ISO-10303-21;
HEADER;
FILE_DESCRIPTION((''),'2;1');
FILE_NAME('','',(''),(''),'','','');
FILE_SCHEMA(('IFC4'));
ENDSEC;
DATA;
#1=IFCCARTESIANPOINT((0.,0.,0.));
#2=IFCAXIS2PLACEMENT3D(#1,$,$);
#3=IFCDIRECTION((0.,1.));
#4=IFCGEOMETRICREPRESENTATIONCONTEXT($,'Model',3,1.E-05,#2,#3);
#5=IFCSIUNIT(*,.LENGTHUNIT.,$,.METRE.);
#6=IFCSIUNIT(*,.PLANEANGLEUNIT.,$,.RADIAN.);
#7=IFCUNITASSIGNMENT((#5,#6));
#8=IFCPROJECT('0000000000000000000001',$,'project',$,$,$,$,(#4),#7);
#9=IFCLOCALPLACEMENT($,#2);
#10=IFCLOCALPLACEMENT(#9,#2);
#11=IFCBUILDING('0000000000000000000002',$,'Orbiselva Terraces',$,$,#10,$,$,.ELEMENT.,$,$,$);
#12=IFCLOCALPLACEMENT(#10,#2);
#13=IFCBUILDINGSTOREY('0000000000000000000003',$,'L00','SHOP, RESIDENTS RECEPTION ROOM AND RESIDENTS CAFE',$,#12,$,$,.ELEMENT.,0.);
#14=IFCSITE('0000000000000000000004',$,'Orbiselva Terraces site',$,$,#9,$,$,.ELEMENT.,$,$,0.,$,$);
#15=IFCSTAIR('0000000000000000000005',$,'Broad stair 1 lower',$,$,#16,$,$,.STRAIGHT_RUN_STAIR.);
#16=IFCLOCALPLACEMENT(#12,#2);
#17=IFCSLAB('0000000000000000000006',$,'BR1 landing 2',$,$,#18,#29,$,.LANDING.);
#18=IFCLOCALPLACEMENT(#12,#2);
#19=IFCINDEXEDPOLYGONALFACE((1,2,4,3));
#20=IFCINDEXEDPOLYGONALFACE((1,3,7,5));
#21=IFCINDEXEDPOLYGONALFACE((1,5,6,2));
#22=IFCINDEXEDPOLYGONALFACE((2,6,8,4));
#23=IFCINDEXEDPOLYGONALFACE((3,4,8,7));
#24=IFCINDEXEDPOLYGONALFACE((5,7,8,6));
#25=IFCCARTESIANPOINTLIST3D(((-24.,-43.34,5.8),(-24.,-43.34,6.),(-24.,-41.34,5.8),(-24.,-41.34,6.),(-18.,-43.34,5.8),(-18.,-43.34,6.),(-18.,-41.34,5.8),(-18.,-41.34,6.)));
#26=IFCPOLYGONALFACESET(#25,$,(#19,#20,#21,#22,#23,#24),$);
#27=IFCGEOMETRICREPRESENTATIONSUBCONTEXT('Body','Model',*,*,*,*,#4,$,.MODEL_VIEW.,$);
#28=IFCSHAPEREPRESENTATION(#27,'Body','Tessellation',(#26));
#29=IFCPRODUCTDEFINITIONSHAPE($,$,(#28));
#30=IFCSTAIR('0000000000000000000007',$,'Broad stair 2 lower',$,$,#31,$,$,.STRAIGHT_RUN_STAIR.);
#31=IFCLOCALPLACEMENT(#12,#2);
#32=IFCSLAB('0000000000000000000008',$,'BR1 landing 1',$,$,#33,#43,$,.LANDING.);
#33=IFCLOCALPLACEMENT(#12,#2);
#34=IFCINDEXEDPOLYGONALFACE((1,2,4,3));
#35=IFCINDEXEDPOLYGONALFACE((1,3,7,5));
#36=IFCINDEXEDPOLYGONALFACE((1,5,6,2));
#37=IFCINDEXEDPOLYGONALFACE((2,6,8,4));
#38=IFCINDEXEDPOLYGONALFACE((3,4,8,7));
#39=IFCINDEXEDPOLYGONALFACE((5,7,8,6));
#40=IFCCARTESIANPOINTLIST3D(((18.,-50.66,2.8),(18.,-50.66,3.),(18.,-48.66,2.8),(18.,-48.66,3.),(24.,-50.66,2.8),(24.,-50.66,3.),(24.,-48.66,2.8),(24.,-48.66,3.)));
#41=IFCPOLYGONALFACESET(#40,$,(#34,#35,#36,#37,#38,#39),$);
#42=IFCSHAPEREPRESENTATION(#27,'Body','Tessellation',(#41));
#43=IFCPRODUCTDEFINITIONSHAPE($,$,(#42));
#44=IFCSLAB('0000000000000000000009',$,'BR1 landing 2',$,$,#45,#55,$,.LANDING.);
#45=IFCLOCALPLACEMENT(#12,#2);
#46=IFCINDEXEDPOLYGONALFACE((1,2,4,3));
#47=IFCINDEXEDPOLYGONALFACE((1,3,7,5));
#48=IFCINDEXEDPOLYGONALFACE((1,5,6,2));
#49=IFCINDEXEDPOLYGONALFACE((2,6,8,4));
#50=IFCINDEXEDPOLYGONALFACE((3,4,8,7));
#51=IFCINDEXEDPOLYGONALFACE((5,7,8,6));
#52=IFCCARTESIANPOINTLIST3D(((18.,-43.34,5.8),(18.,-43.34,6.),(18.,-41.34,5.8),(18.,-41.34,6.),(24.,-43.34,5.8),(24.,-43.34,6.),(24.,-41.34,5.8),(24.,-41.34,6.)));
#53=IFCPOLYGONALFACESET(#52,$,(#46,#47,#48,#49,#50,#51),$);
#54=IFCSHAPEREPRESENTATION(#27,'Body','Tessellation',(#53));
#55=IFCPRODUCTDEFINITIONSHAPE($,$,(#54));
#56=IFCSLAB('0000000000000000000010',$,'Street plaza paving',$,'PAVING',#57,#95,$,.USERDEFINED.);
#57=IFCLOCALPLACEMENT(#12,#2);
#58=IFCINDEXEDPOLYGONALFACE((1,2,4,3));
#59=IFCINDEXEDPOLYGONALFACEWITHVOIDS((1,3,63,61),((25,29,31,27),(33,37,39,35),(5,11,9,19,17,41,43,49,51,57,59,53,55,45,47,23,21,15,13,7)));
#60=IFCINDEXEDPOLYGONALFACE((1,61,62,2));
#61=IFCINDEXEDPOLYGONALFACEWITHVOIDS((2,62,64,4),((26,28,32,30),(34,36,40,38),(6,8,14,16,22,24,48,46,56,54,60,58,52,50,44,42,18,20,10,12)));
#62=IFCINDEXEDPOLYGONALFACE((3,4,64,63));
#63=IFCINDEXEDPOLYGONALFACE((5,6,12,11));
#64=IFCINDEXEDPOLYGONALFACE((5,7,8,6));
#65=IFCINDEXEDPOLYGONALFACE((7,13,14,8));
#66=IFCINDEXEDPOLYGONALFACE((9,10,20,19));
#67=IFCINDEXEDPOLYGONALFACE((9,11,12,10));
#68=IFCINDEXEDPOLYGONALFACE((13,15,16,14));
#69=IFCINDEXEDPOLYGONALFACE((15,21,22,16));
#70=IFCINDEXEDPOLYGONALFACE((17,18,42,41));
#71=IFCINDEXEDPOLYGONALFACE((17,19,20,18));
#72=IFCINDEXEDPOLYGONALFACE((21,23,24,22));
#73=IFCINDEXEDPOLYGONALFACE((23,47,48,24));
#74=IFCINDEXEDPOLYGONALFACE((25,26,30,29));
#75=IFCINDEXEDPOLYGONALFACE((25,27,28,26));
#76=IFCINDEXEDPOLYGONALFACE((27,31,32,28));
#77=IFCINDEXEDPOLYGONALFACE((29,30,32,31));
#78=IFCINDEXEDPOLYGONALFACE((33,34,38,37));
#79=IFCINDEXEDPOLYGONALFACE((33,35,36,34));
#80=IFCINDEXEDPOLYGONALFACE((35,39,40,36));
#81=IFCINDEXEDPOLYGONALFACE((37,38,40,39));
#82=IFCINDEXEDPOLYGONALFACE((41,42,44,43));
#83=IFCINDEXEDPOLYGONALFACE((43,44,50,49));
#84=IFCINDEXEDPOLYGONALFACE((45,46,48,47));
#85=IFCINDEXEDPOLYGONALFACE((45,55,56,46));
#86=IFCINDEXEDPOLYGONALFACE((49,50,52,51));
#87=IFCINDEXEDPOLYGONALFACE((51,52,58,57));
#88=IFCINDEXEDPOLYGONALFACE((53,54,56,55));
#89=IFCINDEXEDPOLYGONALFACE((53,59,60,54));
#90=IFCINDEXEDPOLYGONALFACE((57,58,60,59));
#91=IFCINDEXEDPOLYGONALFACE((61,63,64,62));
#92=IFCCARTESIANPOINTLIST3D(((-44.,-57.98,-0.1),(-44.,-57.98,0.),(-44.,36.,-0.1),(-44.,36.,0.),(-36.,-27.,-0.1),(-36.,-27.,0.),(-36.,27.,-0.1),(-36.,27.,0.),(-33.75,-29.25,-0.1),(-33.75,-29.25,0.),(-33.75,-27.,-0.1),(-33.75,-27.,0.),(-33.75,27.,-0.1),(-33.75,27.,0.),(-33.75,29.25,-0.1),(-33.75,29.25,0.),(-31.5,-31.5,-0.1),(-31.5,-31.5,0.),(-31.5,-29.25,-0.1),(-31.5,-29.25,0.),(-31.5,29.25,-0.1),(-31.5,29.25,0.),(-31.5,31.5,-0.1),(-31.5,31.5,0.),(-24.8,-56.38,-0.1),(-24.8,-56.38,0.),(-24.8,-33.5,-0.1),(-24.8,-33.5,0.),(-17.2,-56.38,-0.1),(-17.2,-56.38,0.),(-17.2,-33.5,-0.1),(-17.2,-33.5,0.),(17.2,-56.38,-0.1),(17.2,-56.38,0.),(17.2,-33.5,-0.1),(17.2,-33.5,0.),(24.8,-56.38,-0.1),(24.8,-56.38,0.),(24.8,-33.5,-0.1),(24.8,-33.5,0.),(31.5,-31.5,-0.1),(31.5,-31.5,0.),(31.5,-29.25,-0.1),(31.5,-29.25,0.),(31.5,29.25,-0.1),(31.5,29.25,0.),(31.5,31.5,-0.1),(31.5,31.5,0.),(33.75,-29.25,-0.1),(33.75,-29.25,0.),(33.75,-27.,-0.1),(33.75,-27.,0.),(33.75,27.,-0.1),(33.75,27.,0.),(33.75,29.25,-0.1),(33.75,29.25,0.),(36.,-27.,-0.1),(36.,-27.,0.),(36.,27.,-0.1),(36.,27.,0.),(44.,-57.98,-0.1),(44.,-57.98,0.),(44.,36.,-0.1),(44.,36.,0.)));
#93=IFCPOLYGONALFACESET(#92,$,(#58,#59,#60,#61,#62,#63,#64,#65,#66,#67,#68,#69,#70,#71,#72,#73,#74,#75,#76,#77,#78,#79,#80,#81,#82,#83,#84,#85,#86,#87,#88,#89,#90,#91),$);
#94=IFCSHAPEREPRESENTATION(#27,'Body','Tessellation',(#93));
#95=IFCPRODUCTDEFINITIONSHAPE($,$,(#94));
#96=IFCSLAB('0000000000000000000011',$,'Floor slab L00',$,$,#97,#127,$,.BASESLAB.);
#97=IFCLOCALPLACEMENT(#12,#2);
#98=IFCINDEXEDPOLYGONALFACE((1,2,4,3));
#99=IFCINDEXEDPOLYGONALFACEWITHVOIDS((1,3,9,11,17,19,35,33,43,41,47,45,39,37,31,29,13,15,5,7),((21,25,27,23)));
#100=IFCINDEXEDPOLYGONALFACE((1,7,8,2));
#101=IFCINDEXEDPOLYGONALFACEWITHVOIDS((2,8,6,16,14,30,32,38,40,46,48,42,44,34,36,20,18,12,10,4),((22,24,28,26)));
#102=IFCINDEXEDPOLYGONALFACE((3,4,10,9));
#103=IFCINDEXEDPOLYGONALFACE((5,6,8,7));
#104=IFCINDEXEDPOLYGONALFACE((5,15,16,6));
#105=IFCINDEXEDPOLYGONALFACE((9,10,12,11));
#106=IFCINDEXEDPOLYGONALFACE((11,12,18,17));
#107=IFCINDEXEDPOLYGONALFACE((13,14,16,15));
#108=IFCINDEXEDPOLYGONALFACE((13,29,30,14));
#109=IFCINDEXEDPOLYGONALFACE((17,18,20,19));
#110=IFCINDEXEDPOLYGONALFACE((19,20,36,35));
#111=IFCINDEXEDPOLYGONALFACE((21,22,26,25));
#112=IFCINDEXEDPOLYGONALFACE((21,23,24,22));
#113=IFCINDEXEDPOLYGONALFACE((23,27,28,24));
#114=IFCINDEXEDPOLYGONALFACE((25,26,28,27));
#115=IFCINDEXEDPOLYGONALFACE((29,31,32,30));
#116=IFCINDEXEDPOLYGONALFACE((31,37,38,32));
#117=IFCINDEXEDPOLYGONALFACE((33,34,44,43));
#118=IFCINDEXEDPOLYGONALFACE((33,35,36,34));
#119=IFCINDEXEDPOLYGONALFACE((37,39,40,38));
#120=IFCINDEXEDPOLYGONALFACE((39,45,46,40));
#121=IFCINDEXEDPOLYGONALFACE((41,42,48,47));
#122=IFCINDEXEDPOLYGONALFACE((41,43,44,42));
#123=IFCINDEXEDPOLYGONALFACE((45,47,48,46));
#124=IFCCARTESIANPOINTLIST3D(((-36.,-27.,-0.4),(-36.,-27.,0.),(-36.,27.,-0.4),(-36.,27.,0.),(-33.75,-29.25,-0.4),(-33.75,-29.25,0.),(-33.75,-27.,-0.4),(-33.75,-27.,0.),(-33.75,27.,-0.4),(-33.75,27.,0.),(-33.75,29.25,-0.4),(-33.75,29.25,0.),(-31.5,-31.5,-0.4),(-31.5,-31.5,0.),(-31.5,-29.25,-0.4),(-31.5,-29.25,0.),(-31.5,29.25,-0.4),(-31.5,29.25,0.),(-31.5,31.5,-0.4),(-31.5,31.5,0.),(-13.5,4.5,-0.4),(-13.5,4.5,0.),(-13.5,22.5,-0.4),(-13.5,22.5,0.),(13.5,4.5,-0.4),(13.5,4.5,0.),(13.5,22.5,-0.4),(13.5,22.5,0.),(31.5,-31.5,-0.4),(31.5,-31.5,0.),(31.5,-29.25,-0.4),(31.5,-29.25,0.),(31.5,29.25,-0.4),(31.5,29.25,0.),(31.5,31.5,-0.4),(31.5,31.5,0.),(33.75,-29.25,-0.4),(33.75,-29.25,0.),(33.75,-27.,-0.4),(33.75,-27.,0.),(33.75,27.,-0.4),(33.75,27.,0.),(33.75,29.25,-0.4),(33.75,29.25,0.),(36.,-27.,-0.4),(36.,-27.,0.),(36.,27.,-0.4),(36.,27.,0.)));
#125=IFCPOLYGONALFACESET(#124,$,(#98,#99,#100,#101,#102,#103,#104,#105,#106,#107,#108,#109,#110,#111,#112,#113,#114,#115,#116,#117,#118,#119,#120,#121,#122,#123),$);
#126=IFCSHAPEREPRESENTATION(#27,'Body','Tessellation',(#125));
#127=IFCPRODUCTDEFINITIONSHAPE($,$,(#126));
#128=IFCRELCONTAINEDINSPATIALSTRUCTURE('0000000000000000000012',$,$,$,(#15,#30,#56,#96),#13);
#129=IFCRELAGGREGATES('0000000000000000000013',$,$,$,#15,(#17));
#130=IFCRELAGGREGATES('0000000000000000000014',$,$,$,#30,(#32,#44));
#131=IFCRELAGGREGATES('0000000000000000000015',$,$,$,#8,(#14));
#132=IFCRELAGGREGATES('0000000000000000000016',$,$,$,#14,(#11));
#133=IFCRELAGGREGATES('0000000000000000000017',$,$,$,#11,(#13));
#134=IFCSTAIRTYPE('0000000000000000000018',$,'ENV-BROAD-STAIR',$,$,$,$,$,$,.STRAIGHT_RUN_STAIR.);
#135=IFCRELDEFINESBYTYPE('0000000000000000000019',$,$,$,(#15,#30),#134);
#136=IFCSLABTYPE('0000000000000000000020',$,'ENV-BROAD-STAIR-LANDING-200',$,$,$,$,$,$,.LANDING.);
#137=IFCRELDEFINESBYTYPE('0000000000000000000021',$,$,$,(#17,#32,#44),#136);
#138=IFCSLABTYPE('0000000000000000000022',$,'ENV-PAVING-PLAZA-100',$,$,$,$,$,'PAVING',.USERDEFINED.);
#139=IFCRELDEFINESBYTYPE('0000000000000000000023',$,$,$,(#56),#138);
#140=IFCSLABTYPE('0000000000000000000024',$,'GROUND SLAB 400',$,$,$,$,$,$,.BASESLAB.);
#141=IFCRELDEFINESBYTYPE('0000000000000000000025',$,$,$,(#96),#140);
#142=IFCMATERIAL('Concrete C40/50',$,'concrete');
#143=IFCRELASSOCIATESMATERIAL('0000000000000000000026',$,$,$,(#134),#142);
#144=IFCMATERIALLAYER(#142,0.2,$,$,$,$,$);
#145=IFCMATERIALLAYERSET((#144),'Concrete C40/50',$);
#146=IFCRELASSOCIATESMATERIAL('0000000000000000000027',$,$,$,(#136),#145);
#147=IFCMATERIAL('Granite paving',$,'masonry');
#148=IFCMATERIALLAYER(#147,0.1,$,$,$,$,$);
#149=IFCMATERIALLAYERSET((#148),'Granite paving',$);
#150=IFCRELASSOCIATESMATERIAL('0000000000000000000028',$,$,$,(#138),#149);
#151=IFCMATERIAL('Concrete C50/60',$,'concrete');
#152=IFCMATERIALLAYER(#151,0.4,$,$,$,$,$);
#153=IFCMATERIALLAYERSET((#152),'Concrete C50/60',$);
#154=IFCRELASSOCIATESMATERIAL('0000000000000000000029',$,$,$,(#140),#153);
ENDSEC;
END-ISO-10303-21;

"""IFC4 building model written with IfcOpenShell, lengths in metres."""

from ifc_helpers import new_model, si_unit, direction, frame, origin, place, context, subcontext, project, spatial, polyline, outline, extrude, material, layer, layer_set, type_object, element, aggregate, save


model = new_model("IFC4")

# Units and contexts
model_context = context("Model", 3, precision=1e-05, world=origin(), true_north=direction((0.0, 1.0)))
body_context = subcontext(model_context, "Body", "Model", "MODEL_VIEW")
ifc_project = project(units=[si_unit("LENGTHUNIT", "METRE"), si_unit("PLANEANGLEUNIT", "RADIAN")], contexts=[model_context])

# Site, building, storey
site_placement = place(None, origin())
site = spatial("IfcSite", under=ifc_project, at=site_placement, Name="Orbiselva Terraces site", CompositionType="ELEMENT", RefElevation=0.0)
building_placement = place(site_placement, origin())
building = spatial("IfcBuilding", under=site, at=building_placement, Name="Orbiselva Terraces", CompositionType="ELEMENT")
storey_placement = place(building_placement, origin())
storey = spatial("IfcBuildingStorey", under=building, at=storey_placement, Name="L00", Description="SHOP, RESIDENTS RECEPTION ROOM AND RESIDENTS CAFE", CompositionType="ELEMENT", Elevation=0.0)

# Shared definitions
ifc_material_1 = material(Name="Concrete C40/50", Category="concrete")

# Stairs, slabs
stair_type = type_object("IfcStairType", Name="ENV-BROAD-STAIR", PredefinedType="STRAIGHT_RUN_STAIR", material=ifc_material_1)
stair_1_placement = place(storey_placement, origin())
stair_1 = element("IfcStair", 1, at=stair_1_placement, inside=storey, type_object=stair_type, Name="Broad stair 1 lower", PredefinedType="STRAIGHT_RUN_STAIR")
ifc_layer_1 = layer(ifc_material_1, 0.2)
ifc_layer_set_1 = layer_set([ifc_layer_1], Name="Concrete C40/50")
slab_type_1 = type_object("IfcSlabType", Name="ENV-BROAD-STAIR-LANDING-200", PredefinedType="LANDING", material=ifc_layer_set_1)
slab_1_placement = place(storey_placement, frame((0.0, 0.0, 5.8)))
slab_1 = element("IfcSlab", 2, at=slab_1_placement, type_object=slab_type_1, Name="BR1 landing 2", PredefinedType="LANDING", context=body_context, shape_type="SweptSolid", body=[
    extrude(outline(polyline([(-24.0, -43.34), (-18.0, -43.34), (-18.0, -41.34), (-24.0, -41.34), (-24.0, -43.34)])), origin(), (0.0, 0.0, 1.0), 0.2),
])
aggregate(stair_1, [slab_1])
stair_2_placement = place(storey_placement, origin())
stair_2 = element("IfcStair", 3, at=stair_2_placement, inside=storey, type_object=stair_type, Name="Broad stair 2 lower", PredefinedType="STRAIGHT_RUN_STAIR")
slab_2_placement = place(storey_placement, frame((0.0, 0.0, 2.8)))
slab_2 = element("IfcSlab", 4, at=slab_2_placement, type_object=slab_type_1, Name="BR1 landing 1", PredefinedType="LANDING", context=body_context, shape_type="SweptSolid", body=[
    extrude(outline(polyline([(18.0, -50.66), (24.0, -50.66), (24.0, -48.66), (18.0, -48.66), (18.0, -50.66)])), origin(), (0.0, 0.0, 1.0), 0.2),
])
slab_3_placement = place(storey_placement, frame((0.0, 0.0, 5.8)))
slab_3 = element("IfcSlab", 5, at=slab_3_placement, type_object=slab_type_1, Name="BR1 landing 2", PredefinedType="LANDING", context=body_context, shape_type="SweptSolid", body=[
    extrude(outline(polyline([(18.0, -43.34), (24.0, -43.34), (24.0, -41.34), (18.0, -41.34), (18.0, -43.34)])), origin(), (0.0, 0.0, 1.0), 0.2),
])
aggregate(stair_2, [slab_2, slab_3])

# Slabs
ifc_material_2 = material(Name="Granite paving", Category="masonry")
ifc_layer_2 = layer(ifc_material_2, 0.1)
ifc_layer_set_2 = layer_set([ifc_layer_2], Name="Granite paving")
slab_type_2 = type_object("IfcSlabType", Name="ENV-PAVING-PLAZA-100", ElementType="PAVING", PredefinedType="USERDEFINED", material=ifc_layer_set_2)
slab_4_placement = place(storey_placement, frame((0.0, 0.0, -0.1)))
element("IfcSlab", 6, at=slab_4_placement, inside=storey, type_object=slab_type_2, Name="Street plaza paving", ObjectType="PAVING", PredefinedType="USERDEFINED", context=body_context, shape_type="SweptSolid", body=[
    extrude(outline(polyline([(-44.0, -57.98), (44.0, -57.98), (44.0, 36.0), (-44.0, 36.0), (-44.0, -57.98)]), holes=[polyline([(-31.5, -29.25), (-33.75, -29.25), (-33.75, -27.0), (-36.0, -27.0), (-36.0, 27.0), (-33.75, 27.0), (-33.75, 29.25), (-31.5, 29.25), (-31.5, 31.5), (31.5, 31.5), (31.5, 29.25), (33.75, 29.25), (33.75, 27.0), (36.0, 27.0), (36.0, -27.0), (33.75, -27.0), (33.75, -29.25), (31.5, -29.25), (31.5, -31.5), (-31.5, -31.5), (-31.5, -29.25)]), polyline([(-24.8, -56.38), (-24.8, -33.5), (-17.2, -33.5), (-17.2, -56.38), (-24.8, -56.38)]), polyline([(17.2, -56.38), (17.2, -33.5), (24.8, -33.5), (24.8, -56.38), (17.2, -56.38)])]), origin(), (0.0, 0.0, 1.0), 0.1),
])
ifc_material_3 = material(Name="Concrete C50/60", Category="concrete")
ifc_layer_3 = layer(ifc_material_3, 0.4)
ifc_layer_set_3 = layer_set([ifc_layer_3], Name="Concrete C50/60")
slab_type_3 = type_object("IfcSlabType", Name="GROUND SLAB 400", PredefinedType="BASESLAB", material=ifc_layer_set_3)
slab_5_placement = place(storey_placement, frame((0.0, 0.0, -0.4)))
element("IfcSlab", 7, at=slab_5_placement, inside=storey, type_object=slab_type_3, Name="Floor slab L00", PredefinedType="BASESLAB", context=body_context, shape_type="SweptSolid", body=[
    extrude(outline(polyline([(-31.5, -31.5), (31.5, -31.5), (31.5, -29.25), (33.75, -29.25), (33.75, -27.0), (36.0, -27.0), (36.0, 27.0), (33.75, 27.0), (33.75, 29.25), (31.5, 29.25), (31.5, 31.5), (-31.5, 31.5), (-31.5, 29.25), (-33.75, 29.25), (-33.75, 27.0), (-36.0, 27.0), (-36.0, -27.0), (-33.75, -27.0), (-33.75, -29.25), (-31.5, -29.25), (-31.5, -31.5)]), holes=[polyline([(-13.5, 4.5), (13.5, 4.5), (13.5, 22.5), (-13.5, 22.5), (-13.5, 4.5)])]), origin(), (0.0, 0.0, 1.0), 0.4),
])

save(model, "model.ifc")
